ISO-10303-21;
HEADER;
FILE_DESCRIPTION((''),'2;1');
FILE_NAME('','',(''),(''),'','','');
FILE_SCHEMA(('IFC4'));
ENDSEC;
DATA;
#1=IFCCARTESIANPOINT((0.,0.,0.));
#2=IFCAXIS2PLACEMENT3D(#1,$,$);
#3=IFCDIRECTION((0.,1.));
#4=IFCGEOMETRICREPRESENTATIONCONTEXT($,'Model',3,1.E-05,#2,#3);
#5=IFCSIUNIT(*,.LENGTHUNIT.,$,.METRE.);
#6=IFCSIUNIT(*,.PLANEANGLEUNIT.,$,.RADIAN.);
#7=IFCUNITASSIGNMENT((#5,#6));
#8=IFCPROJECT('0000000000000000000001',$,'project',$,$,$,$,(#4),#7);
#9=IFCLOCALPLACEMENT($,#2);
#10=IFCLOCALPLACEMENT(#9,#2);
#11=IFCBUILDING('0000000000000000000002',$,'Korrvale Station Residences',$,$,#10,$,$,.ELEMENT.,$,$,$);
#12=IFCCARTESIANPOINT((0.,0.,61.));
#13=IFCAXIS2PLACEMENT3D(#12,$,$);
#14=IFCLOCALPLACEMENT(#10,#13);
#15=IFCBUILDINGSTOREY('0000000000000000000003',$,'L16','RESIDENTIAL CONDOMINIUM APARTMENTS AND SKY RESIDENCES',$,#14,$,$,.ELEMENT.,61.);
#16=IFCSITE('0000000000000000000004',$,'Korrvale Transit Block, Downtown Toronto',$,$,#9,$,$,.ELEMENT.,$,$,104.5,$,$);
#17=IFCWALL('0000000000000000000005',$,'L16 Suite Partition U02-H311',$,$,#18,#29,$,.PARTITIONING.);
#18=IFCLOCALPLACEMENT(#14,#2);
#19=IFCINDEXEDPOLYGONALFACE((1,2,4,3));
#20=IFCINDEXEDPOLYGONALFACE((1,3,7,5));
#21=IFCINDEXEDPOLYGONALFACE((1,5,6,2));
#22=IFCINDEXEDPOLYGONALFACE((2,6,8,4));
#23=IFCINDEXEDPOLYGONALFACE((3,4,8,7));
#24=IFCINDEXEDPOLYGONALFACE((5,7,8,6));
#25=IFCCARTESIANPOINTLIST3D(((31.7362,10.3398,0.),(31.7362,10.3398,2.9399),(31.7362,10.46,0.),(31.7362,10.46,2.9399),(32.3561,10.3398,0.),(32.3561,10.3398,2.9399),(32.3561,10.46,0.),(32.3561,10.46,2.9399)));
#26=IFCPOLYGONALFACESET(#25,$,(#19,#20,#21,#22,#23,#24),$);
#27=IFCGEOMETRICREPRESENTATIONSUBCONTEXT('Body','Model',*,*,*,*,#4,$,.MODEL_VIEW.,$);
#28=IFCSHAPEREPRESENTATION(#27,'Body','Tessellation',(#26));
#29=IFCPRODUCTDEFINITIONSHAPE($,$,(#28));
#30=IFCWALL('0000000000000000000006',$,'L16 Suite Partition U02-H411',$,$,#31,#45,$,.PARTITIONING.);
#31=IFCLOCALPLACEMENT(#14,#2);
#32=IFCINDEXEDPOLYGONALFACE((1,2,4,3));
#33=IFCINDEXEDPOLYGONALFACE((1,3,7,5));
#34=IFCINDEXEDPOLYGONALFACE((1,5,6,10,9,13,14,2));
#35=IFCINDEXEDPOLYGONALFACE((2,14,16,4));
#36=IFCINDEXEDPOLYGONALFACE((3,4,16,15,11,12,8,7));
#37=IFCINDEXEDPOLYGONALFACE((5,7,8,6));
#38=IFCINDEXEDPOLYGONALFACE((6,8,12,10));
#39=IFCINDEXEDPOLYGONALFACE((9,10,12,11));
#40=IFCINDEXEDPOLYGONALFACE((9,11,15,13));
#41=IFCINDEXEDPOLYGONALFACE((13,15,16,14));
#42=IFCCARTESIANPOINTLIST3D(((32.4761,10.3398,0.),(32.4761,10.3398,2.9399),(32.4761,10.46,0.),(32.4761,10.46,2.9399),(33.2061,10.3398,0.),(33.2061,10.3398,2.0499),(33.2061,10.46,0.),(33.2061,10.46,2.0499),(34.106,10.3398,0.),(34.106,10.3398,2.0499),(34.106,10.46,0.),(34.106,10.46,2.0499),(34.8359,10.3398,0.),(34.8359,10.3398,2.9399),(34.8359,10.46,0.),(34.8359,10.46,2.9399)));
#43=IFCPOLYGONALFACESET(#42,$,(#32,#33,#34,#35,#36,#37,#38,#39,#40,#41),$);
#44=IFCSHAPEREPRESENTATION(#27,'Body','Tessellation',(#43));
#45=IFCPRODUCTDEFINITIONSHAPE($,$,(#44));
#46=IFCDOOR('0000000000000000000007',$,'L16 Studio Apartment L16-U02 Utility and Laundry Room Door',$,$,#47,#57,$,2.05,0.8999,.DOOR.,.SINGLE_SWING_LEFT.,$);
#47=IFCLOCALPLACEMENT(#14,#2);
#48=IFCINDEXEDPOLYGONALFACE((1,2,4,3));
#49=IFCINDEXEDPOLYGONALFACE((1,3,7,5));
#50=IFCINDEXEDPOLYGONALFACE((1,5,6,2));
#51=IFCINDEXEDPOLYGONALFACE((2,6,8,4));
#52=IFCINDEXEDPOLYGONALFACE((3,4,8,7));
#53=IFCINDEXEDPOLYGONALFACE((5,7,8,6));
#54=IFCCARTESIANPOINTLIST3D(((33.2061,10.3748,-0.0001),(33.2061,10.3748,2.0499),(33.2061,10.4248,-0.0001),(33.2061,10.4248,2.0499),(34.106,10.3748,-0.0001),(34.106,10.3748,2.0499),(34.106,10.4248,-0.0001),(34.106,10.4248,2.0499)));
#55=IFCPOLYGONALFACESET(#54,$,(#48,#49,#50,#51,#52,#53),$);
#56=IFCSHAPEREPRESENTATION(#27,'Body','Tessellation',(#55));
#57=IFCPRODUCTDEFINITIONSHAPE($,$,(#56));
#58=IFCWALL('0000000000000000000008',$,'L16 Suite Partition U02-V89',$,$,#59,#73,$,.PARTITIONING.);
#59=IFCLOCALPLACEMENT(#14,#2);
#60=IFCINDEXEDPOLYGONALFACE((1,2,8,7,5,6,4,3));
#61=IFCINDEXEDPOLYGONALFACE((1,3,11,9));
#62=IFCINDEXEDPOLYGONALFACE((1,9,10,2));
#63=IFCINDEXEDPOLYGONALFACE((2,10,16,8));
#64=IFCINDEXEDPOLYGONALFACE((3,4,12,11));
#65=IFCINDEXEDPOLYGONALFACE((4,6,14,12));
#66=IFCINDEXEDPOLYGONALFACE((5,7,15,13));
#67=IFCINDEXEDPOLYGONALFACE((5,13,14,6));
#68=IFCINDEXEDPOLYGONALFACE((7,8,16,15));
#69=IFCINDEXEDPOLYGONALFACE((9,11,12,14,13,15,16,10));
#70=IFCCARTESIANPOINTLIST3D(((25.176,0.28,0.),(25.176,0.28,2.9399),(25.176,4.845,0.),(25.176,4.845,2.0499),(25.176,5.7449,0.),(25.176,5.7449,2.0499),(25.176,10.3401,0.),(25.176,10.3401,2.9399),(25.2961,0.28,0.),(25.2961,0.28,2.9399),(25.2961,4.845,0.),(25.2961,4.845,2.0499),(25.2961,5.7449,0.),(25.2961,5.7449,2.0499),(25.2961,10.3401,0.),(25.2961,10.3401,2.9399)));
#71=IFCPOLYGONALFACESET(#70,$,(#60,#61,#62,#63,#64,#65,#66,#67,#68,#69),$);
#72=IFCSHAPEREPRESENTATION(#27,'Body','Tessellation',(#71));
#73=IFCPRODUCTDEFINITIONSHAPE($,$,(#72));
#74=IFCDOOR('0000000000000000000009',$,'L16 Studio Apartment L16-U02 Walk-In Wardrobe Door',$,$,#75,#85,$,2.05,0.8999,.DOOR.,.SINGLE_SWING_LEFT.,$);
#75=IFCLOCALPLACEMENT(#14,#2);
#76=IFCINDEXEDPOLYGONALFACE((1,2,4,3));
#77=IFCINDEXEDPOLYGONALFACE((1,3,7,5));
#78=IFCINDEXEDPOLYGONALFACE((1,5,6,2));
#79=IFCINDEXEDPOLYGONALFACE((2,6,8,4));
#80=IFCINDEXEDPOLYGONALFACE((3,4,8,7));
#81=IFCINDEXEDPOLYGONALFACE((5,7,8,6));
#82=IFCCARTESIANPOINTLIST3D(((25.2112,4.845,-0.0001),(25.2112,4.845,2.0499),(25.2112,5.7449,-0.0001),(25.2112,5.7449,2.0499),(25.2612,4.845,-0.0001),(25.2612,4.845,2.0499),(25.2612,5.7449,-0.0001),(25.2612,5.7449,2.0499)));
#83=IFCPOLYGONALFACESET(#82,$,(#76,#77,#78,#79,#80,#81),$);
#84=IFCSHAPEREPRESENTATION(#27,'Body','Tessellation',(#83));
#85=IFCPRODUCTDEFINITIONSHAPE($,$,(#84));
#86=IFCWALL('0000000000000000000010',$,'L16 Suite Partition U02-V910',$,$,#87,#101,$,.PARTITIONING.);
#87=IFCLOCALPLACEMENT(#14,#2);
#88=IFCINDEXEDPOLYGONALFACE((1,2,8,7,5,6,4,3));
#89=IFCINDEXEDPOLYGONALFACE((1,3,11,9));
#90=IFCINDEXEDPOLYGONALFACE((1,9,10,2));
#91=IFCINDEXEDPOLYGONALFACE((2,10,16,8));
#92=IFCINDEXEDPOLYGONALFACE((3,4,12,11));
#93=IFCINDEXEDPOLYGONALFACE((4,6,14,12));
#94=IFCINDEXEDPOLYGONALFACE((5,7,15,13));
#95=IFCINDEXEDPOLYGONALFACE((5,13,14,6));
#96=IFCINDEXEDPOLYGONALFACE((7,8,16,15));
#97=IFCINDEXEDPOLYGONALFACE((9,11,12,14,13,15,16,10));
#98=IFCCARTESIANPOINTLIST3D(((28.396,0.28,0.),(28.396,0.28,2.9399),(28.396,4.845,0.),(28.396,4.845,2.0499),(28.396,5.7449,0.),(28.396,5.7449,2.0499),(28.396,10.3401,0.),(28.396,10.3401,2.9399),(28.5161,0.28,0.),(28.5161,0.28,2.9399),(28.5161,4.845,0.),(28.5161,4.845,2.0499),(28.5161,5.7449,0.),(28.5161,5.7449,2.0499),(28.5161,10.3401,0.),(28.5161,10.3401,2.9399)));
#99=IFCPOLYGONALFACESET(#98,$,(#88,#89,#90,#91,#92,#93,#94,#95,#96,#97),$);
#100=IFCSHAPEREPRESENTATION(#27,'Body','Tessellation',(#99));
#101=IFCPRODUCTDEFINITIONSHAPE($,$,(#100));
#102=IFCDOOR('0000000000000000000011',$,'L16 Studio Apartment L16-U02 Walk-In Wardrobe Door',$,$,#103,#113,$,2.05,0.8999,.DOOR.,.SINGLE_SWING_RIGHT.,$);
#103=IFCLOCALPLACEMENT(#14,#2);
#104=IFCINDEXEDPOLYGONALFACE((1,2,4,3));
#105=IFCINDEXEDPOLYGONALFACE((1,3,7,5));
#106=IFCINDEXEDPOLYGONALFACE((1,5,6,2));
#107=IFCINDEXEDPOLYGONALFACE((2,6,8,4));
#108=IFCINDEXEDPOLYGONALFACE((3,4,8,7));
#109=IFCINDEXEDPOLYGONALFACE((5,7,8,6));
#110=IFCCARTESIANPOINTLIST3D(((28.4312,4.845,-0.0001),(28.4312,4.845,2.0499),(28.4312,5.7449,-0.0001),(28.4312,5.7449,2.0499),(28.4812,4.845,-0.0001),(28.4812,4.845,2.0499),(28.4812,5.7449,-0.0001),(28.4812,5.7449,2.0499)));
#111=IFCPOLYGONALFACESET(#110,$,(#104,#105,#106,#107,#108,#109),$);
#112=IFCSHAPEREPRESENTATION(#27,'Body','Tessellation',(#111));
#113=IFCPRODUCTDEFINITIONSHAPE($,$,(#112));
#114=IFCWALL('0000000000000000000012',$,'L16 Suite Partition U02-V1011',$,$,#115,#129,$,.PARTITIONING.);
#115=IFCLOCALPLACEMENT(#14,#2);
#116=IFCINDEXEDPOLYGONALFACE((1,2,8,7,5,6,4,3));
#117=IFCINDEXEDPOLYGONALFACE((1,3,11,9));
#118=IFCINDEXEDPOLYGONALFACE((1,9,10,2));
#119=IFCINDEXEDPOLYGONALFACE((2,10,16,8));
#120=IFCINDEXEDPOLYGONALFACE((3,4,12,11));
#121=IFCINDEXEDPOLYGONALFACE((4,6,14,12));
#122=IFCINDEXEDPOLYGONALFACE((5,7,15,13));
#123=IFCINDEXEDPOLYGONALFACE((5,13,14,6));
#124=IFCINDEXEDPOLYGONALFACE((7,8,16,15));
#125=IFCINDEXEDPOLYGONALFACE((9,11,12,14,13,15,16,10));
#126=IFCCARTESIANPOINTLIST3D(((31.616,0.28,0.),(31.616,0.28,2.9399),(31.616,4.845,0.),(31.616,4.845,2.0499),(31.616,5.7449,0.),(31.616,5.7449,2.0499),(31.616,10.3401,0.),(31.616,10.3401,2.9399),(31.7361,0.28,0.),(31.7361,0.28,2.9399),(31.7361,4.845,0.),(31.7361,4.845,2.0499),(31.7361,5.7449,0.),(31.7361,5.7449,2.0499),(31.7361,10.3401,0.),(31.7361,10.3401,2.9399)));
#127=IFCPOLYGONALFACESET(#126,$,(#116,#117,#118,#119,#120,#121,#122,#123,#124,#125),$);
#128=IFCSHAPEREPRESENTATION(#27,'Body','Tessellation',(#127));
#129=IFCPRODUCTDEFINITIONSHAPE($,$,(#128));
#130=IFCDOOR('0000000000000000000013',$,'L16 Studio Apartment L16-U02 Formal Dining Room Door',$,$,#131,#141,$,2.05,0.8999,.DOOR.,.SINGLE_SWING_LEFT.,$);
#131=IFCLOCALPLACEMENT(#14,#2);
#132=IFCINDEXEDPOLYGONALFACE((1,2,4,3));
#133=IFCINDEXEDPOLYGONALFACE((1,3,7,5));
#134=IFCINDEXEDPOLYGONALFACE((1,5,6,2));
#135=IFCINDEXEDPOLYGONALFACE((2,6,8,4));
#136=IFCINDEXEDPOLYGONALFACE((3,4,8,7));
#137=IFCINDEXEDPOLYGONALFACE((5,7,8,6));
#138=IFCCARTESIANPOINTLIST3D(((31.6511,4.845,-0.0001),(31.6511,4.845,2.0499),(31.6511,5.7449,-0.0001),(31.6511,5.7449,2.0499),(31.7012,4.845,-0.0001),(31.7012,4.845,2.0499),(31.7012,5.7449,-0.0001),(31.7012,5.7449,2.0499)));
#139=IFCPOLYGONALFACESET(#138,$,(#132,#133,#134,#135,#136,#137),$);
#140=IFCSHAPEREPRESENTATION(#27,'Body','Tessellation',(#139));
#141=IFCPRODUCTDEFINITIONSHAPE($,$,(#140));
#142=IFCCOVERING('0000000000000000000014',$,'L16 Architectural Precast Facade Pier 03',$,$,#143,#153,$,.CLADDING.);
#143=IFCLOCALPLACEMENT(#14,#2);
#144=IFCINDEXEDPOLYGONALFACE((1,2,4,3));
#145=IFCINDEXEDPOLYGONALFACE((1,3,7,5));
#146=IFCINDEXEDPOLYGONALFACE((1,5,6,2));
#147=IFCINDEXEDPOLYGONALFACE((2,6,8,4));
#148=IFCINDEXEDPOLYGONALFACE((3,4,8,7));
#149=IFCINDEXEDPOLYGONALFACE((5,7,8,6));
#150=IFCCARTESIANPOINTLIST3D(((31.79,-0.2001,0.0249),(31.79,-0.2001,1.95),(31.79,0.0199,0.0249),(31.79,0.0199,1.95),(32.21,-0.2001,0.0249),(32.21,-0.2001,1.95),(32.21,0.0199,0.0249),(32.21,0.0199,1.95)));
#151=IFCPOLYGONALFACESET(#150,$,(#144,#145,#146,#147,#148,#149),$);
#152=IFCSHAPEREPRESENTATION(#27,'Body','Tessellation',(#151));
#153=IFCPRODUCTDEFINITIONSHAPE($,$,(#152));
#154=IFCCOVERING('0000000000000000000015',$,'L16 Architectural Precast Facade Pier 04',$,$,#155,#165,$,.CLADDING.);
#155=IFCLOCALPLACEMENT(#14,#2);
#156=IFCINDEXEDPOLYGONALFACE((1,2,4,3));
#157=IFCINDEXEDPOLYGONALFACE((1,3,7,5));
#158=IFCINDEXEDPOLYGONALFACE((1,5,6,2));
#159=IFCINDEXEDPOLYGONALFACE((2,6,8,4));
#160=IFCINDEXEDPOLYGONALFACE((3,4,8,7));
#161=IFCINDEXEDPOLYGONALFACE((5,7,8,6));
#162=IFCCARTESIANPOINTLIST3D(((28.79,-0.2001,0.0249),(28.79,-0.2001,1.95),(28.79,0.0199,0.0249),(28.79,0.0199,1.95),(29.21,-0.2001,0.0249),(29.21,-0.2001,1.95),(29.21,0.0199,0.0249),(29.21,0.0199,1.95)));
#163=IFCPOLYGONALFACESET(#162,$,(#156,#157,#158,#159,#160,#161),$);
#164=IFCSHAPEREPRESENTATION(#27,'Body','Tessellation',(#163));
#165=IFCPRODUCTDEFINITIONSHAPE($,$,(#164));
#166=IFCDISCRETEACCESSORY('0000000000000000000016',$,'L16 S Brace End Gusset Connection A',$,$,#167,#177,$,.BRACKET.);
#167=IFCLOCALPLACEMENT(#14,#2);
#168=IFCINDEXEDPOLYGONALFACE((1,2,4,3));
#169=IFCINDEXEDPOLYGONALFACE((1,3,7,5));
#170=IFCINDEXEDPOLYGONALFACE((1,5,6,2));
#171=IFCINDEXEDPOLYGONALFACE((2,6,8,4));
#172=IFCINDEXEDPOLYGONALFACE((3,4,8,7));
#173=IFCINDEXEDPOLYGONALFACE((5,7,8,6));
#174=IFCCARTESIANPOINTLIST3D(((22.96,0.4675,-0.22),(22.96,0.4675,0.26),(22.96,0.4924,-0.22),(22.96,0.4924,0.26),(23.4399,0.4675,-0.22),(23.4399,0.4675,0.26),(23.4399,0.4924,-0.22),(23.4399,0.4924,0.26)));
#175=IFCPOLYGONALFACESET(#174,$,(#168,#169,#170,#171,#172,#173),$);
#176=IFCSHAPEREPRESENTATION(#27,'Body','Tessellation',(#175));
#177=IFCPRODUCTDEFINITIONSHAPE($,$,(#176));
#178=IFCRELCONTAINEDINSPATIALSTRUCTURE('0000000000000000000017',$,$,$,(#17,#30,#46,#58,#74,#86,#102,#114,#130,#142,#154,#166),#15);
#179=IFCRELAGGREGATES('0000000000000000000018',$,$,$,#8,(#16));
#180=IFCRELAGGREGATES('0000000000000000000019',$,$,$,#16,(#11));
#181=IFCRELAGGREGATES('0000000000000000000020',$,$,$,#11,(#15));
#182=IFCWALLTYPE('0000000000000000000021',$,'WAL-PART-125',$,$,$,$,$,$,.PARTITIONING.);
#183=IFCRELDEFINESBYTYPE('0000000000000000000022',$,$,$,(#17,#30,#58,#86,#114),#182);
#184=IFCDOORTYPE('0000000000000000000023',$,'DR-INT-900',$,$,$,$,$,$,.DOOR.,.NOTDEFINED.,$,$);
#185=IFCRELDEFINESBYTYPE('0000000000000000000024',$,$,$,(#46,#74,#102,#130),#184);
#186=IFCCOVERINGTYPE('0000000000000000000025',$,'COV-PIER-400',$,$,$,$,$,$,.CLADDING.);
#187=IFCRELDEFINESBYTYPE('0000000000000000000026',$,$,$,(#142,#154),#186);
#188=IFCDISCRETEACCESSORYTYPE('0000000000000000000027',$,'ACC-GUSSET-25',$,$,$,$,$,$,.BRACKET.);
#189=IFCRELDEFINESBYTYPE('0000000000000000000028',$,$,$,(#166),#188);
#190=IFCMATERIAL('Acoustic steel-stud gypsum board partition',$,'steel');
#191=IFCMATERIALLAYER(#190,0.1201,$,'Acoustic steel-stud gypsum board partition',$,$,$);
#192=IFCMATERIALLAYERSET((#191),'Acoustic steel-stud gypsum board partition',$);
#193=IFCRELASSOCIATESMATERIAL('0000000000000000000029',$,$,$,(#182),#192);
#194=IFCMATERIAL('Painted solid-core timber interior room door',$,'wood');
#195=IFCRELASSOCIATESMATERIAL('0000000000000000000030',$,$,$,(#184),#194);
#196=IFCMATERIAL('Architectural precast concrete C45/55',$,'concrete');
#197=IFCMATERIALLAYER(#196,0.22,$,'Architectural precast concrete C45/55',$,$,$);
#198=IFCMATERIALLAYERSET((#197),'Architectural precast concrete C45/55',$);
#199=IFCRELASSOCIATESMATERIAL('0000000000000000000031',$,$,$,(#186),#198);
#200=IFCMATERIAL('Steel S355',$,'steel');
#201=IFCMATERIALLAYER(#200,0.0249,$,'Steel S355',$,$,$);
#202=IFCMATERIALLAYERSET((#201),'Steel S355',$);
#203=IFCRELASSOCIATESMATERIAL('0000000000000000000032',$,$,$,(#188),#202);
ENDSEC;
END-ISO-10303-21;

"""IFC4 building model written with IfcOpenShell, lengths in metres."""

from ifc_helpers import new_model, si_unit, direction, frame, frame_2d, origin, origin_2d, place, context, subcontext, project, spatial, rectangle, extrude, material, layer, layer_set, type_object, element, fill, save


model = new_model("IFC4")

# Units and contexts
model_context = context("Model", 3, precision=1e-05, world=origin(), true_north=direction((0.0, 1.0)))
body_context = subcontext(model_context, "Body", "Model", "MODEL_VIEW")
ifc_project = project(units=[si_unit("LENGTHUNIT", "METRE"), si_unit("PLANEANGLEUNIT", "RADIAN")], contexts=[model_context])

# Site, building, storey
site_placement = place(None, origin())
site = spatial("IfcSite", under=ifc_project, at=site_placement, Name="Korrvale Transit Block, Downtown Toronto", CompositionType="ELEMENT", RefElevation=104.5)
building_placement = place(site_placement, origin())
building = spatial("IfcBuilding", under=site, at=building_placement, Name="Korrvale Station Residences", CompositionType="ELEMENT")
storey_placement = place(building_placement, frame((0.0, 0.0, 61.0)))
storey = spatial("IfcBuildingStorey", under=building, at=storey_placement, Name="L16", Description="RESIDENTIAL CONDOMINIUM APARTMENTS AND SKY RESIDENCES", CompositionType="ELEMENT", Elevation=61.0)

# Shared definitions
ifc_material_1 = material(Name="Steel S355", Category="steel")

# Shared definitions
ifc_material_2 = material(Name="Acoustic steel-stud gypsum board partition", Category="steel")
ifc_layer_1 = layer(ifc_material_2, 0.1201, Name="Acoustic steel-stud gypsum board partition")
ifc_layer_set_1 = layer_set([ifc_layer_1], Name="Acoustic steel-stud gypsum board partition")
wall_type = type_object("IfcWallType", Name="WAL-PART-125", PredefinedType="PARTITIONING", material=ifc_layer_set_1)
ifc_material_3 = material(Name="Painted solid-core timber interior room door", Category="wood")
door_type = type_object("IfcDoorType", Name="DR-INT-900", OperationType="NOTDEFINED", PredefinedType="DOOR", material=ifc_material_3)

# Wall
wall_1_placement = place(storey_placement, frame((31.7361, 10.3999, 0.0), z_axis=(0.0, 0.0, 1.0), x_axis=(1.0, 0.0, 0.0)))
element("IfcWall", 1, at=wall_1_placement, inside=storey, type_object=wall_type, Name="L16 Suite Partition U02-H311", PredefinedType="PARTITIONING", context=body_context, shape_type="SweptSolid", body=[
    extrude(rectangle(XDim=0.6199, YDim=0.1201, at=frame_2d((0.3101, 0.0))), origin(), (0.0, 0.0, 1.0), 2.9399),
])

# Walls, openings, doors
wall_2_placement = place(storey_placement, frame((32.4761, 10.3999, 0.0), z_axis=(0.0, 0.0, 1.0), x_axis=(1.0, 0.0, 0.0)))
wall_2 = element("IfcWall", 2, at=wall_2_placement, inside=storey, type_object=wall_type, Name="L16 Suite Partition U02-H411", PredefinedType="PARTITIONING", context=body_context, shape_type="SweptSolid", body=[
    extrude(rectangle(XDim=2.3599, YDim=0.1201, at=frame_2d((1.1799, 0.0))), origin(), (0.0, 0.0, 1.0), 2.9399),
])
opening_1_placement = place(wall_2_placement, frame((0.73, 0.0, 0.0)))
opening_1 = element("IfcOpeningElement", 3, at=opening_1_placement, cuts=wall_2, PredefinedType="OPENING", context=body_context, shape_type="SweptSolid", body=[
    extrude(rectangle(XDim=0.8999, YDim=2.05, at=frame_2d((0.45, 1.0249))), frame((0.0, 0.0701, 0.0), z_axis=(0.0, -1.0, 0.0), x_axis=(1.0, 0.0, 0.0)), (0.0, 0.0, 1.0), 0.1401),
])
door_1_placement = place(opening_1_placement, origin())
door_1 = element("IfcDoor", 4, at=door_1_placement, inside=storey, type_object=door_type, Name="L16 Studio Apartment L16-U02 Utility and Laundry Room Door", OperationType="SINGLE_SWING_LEFT", OverallHeight=2.05, OverallWidth=0.8999, PredefinedType="DOOR", context=body_context, shape_type="SweptSolid", body=[
    extrude(rectangle(XDim=0.8999, YDim=2.05, at=frame_2d((0.45, 1.0249))), frame((0.0, 0.0249, 0.0), z_axis=(0.0, -1.0, 0.0), x_axis=(1.0, 0.0, 0.0)), (0.0, 0.0, 1.0), 0.05),
])
fill(opening_1, door_1)
wall_3_placement = place(storey_placement, frame((25.2361, 0.28, 0.0), z_axis=(0.0, 0.0, 1.0), x_axis=(0.0, 1.0, 0.0)))
wall_3 = element("IfcWall", 5, at=wall_3_placement, inside=storey, type_object=wall_type, Name="L16 Suite Partition U02-V89", PredefinedType="PARTITIONING", context=body_context, shape_type="SweptSolid", body=[
    extrude(rectangle(XDim=10.0601, YDim=0.1201, at=frame_2d((5.03, 0.0))), origin(), (0.0, 0.0, 1.0), 2.9399),
])
opening_2_placement = place(wall_3_placement, frame((4.5649, 0.0, 0.0)))
opening_2 = element("IfcOpeningElement", 6, at=opening_2_placement, cuts=wall_3, PredefinedType="OPENING", context=body_context, shape_type="SweptSolid", body=[
    extrude(rectangle(XDim=0.8999, YDim=2.05, at=frame_2d((0.45, 1.0249))), frame((0.0, 0.0701, 0.0), z_axis=(0.0, -1.0, 0.0), x_axis=(1.0, 0.0, 0.0)), (0.0, 0.0, 1.0), 0.1401),
])
door_2_placement = place(opening_2_placement, origin())
door_2 = element("IfcDoor", 7, at=door_2_placement, inside=storey, type_object=door_type, Name="L16 Studio Apartment L16-U02 Walk-In Wardrobe Door", OperationType="SINGLE_SWING_LEFT", OverallHeight=2.05, OverallWidth=0.8999, PredefinedType="DOOR", context=body_context, shape_type="SweptSolid", body=[
    extrude(rectangle(XDim=0.8999, YDim=2.05, at=frame_2d((0.45, 1.0249))), frame((0.0, 0.0249, 0.0), z_axis=(0.0, -1.0, 0.0), x_axis=(1.0, 0.0, 0.0)), (0.0, 0.0, 1.0), 0.05),
])
fill(opening_2, door_2)
wall_4_placement = place(storey_placement, frame((28.4561, 0.28, 0.0), z_axis=(0.0, 0.0, 1.0), x_axis=(0.0, 1.0, 0.0)))
wall_4 = element("IfcWall", 8, at=wall_4_placement, inside=storey, type_object=wall_type, Name="L16 Suite Partition U02-V910", PredefinedType="PARTITIONING", context=body_context, shape_type="SweptSolid", body=[
    extrude(rectangle(XDim=10.0601, YDim=0.1201, at=frame_2d((5.03, 0.0))), origin(), (0.0, 0.0, 1.0), 2.9399),
])
opening_3_placement = place(wall_4_placement, frame((4.5649, 0.0, 0.0)))
opening_3 = element("IfcOpeningElement", 9, at=opening_3_placement, cuts=wall_4, PredefinedType="OPENING", context=body_context, shape_type="SweptSolid", body=[
    extrude(rectangle(XDim=0.8999, YDim=2.05, at=frame_2d((0.45, 1.0249))), frame((0.0, 0.0701, 0.0), z_axis=(0.0, -1.0, 0.0), x_axis=(1.0, 0.0, 0.0)), (0.0, 0.0, 1.0), 0.1401),
])
door_3_placement = place(opening_3_placement, origin())
door_3 = element("IfcDoor", 10, at=door_3_placement, inside=storey, type_object=door_type, Name="L16 Studio Apartment L16-U02 Walk-In Wardrobe Door", OperationType="SINGLE_SWING_RIGHT", OverallHeight=2.05, OverallWidth=0.8999, PredefinedType="DOOR", context=body_context, shape_type="SweptSolid", body=[
    extrude(rectangle(XDim=0.8999, YDim=2.05, at=frame_2d((0.45, 1.0249))), frame((0.0, 0.0249, 0.0), z_axis=(0.0, -1.0, 0.0), x_axis=(1.0, 0.0, 0.0)), (0.0, 0.0, 1.0), 0.05),
])
fill(opening_3, door_3)
wall_5_placement = place(storey_placement, frame((31.676, 0.28, 0.0), z_axis=(0.0, 0.0, 1.0), x_axis=(0.0, 1.0, 0.0)))
wall_5 = element("IfcWall", 11, at=wall_5_placement, inside=storey, type_object=wall_type, Name="L16 Suite Partition U02-V1011", PredefinedType="PARTITIONING", context=body_context, shape_type="SweptSolid", body=[
    extrude(rectangle(XDim=10.0601, YDim=0.1201, at=frame_2d((5.03, 0.0))), origin(), (0.0, 0.0, 1.0), 2.9399),
])
opening_4_placement = place(wall_5_placement, frame((4.5649, 0.0, 0.0)))
opening_4 = element("IfcOpeningElement", 12, at=opening_4_placement, cuts=wall_5, PredefinedType="OPENING", context=body_context, shape_type="SweptSolid", body=[
    extrude(rectangle(XDim=0.8999, YDim=2.05, at=frame_2d((0.45, 1.0249))), frame((0.0, 0.0701, 0.0), z_axis=(0.0, -1.0, 0.0), x_axis=(1.0, 0.0, 0.0)), (0.0, 0.0, 1.0), 0.1401),
])
door_4_placement = place(opening_4_placement, origin())
door_4 = element("IfcDoor", 13, at=door_4_placement, inside=storey, type_object=door_type, Name="L16 Studio Apartment L16-U02 Formal Dining Room Door", OperationType="SINGLE_SWING_LEFT", OverallHeight=2.05, OverallWidth=0.8999, PredefinedType="DOOR", context=body_context, shape_type="SweptSolid", body=[
    extrude(rectangle(XDim=0.8999, YDim=2.05, at=frame_2d((0.45, 1.0249))), frame((0.0, 0.0249, 0.0), z_axis=(0.0, -1.0, 0.0), x_axis=(1.0, 0.0, 0.0)), (0.0, 0.0, 1.0), 0.05),
])
fill(opening_4, door_4)

# Coverings
ifc_material_4 = material(Name="Architectural precast concrete C45/55", Category="concrete")
ifc_layer_2 = layer(ifc_material_4, 0.22, Name="Architectural precast concrete C45/55")
ifc_layer_set_2 = layer_set([ifc_layer_2], Name="Architectural precast concrete C45/55")
covering_type = type_object("IfcCoveringType", Name="COV-PIER-400", PredefinedType="CLADDING", material=ifc_layer_set_2)
for number, where, z_axis, x_axis, name in (
    (14, (32.0, -0.0901, 0.0249), (0.0, 0.0, 1.0), (1.0, 0.0, 0.0), "L16 Architectural Precast Facade Pier 03"),
    (15, (29.0, -0.0901, 0.0249), (0.0, 0.0, 1.0), (1.0, 0.0, 0.0), "L16 Architectural Precast Facade Pier 04"),
):
    element("IfcCovering", number, at=place(storey_placement, frame(where, z_axis=z_axis, x_axis=x_axis)), inside=storey, type_object=covering_type, Name=name, PredefinedType="CLADDING", context=body_context, shape_type="SweptSolid", body=[
        extrude(rectangle(XDim=0.4199, YDim=0.22, at=origin_2d()), origin(), (0.0, 0.0, 1.0), 1.925),
    ])

# Discrete accessory
ifc_layer_3 = layer(ifc_material_1, 0.0249, Name="Steel S355")
ifc_layer_set_3 = layer_set([ifc_layer_3], Name="Steel S355")
discrete_accessory_type = type_object("IfcDiscreteAccessoryType", Name="ACC-GUSSET-25", PredefinedType="BRACKET", material=ifc_layer_set_3)
for number, where, z_axis, x_axis, name in (
    (16, (23.2, 0.48, -0.22), (0.0, 0.0, 1.0), (1.0, 0.0, 0.0), "L16 S Brace End Gusset Connection A"),
):
    element("IfcDiscreteAccessory", number, at=place(storey_placement, frame(where, z_axis=z_axis, x_axis=x_axis)), inside=storey, type_object=discrete_accessory_type, Name=name, PredefinedType="BRACKET", context=body_context, shape_type="SweptSolid", body=[
        extrude(rectangle(XDim=0.48, YDim=0.0249, at=origin_2d()), origin(), (0.0, 0.0, 1.0), 0.48),
    ])

save(model, "model.ifc")
